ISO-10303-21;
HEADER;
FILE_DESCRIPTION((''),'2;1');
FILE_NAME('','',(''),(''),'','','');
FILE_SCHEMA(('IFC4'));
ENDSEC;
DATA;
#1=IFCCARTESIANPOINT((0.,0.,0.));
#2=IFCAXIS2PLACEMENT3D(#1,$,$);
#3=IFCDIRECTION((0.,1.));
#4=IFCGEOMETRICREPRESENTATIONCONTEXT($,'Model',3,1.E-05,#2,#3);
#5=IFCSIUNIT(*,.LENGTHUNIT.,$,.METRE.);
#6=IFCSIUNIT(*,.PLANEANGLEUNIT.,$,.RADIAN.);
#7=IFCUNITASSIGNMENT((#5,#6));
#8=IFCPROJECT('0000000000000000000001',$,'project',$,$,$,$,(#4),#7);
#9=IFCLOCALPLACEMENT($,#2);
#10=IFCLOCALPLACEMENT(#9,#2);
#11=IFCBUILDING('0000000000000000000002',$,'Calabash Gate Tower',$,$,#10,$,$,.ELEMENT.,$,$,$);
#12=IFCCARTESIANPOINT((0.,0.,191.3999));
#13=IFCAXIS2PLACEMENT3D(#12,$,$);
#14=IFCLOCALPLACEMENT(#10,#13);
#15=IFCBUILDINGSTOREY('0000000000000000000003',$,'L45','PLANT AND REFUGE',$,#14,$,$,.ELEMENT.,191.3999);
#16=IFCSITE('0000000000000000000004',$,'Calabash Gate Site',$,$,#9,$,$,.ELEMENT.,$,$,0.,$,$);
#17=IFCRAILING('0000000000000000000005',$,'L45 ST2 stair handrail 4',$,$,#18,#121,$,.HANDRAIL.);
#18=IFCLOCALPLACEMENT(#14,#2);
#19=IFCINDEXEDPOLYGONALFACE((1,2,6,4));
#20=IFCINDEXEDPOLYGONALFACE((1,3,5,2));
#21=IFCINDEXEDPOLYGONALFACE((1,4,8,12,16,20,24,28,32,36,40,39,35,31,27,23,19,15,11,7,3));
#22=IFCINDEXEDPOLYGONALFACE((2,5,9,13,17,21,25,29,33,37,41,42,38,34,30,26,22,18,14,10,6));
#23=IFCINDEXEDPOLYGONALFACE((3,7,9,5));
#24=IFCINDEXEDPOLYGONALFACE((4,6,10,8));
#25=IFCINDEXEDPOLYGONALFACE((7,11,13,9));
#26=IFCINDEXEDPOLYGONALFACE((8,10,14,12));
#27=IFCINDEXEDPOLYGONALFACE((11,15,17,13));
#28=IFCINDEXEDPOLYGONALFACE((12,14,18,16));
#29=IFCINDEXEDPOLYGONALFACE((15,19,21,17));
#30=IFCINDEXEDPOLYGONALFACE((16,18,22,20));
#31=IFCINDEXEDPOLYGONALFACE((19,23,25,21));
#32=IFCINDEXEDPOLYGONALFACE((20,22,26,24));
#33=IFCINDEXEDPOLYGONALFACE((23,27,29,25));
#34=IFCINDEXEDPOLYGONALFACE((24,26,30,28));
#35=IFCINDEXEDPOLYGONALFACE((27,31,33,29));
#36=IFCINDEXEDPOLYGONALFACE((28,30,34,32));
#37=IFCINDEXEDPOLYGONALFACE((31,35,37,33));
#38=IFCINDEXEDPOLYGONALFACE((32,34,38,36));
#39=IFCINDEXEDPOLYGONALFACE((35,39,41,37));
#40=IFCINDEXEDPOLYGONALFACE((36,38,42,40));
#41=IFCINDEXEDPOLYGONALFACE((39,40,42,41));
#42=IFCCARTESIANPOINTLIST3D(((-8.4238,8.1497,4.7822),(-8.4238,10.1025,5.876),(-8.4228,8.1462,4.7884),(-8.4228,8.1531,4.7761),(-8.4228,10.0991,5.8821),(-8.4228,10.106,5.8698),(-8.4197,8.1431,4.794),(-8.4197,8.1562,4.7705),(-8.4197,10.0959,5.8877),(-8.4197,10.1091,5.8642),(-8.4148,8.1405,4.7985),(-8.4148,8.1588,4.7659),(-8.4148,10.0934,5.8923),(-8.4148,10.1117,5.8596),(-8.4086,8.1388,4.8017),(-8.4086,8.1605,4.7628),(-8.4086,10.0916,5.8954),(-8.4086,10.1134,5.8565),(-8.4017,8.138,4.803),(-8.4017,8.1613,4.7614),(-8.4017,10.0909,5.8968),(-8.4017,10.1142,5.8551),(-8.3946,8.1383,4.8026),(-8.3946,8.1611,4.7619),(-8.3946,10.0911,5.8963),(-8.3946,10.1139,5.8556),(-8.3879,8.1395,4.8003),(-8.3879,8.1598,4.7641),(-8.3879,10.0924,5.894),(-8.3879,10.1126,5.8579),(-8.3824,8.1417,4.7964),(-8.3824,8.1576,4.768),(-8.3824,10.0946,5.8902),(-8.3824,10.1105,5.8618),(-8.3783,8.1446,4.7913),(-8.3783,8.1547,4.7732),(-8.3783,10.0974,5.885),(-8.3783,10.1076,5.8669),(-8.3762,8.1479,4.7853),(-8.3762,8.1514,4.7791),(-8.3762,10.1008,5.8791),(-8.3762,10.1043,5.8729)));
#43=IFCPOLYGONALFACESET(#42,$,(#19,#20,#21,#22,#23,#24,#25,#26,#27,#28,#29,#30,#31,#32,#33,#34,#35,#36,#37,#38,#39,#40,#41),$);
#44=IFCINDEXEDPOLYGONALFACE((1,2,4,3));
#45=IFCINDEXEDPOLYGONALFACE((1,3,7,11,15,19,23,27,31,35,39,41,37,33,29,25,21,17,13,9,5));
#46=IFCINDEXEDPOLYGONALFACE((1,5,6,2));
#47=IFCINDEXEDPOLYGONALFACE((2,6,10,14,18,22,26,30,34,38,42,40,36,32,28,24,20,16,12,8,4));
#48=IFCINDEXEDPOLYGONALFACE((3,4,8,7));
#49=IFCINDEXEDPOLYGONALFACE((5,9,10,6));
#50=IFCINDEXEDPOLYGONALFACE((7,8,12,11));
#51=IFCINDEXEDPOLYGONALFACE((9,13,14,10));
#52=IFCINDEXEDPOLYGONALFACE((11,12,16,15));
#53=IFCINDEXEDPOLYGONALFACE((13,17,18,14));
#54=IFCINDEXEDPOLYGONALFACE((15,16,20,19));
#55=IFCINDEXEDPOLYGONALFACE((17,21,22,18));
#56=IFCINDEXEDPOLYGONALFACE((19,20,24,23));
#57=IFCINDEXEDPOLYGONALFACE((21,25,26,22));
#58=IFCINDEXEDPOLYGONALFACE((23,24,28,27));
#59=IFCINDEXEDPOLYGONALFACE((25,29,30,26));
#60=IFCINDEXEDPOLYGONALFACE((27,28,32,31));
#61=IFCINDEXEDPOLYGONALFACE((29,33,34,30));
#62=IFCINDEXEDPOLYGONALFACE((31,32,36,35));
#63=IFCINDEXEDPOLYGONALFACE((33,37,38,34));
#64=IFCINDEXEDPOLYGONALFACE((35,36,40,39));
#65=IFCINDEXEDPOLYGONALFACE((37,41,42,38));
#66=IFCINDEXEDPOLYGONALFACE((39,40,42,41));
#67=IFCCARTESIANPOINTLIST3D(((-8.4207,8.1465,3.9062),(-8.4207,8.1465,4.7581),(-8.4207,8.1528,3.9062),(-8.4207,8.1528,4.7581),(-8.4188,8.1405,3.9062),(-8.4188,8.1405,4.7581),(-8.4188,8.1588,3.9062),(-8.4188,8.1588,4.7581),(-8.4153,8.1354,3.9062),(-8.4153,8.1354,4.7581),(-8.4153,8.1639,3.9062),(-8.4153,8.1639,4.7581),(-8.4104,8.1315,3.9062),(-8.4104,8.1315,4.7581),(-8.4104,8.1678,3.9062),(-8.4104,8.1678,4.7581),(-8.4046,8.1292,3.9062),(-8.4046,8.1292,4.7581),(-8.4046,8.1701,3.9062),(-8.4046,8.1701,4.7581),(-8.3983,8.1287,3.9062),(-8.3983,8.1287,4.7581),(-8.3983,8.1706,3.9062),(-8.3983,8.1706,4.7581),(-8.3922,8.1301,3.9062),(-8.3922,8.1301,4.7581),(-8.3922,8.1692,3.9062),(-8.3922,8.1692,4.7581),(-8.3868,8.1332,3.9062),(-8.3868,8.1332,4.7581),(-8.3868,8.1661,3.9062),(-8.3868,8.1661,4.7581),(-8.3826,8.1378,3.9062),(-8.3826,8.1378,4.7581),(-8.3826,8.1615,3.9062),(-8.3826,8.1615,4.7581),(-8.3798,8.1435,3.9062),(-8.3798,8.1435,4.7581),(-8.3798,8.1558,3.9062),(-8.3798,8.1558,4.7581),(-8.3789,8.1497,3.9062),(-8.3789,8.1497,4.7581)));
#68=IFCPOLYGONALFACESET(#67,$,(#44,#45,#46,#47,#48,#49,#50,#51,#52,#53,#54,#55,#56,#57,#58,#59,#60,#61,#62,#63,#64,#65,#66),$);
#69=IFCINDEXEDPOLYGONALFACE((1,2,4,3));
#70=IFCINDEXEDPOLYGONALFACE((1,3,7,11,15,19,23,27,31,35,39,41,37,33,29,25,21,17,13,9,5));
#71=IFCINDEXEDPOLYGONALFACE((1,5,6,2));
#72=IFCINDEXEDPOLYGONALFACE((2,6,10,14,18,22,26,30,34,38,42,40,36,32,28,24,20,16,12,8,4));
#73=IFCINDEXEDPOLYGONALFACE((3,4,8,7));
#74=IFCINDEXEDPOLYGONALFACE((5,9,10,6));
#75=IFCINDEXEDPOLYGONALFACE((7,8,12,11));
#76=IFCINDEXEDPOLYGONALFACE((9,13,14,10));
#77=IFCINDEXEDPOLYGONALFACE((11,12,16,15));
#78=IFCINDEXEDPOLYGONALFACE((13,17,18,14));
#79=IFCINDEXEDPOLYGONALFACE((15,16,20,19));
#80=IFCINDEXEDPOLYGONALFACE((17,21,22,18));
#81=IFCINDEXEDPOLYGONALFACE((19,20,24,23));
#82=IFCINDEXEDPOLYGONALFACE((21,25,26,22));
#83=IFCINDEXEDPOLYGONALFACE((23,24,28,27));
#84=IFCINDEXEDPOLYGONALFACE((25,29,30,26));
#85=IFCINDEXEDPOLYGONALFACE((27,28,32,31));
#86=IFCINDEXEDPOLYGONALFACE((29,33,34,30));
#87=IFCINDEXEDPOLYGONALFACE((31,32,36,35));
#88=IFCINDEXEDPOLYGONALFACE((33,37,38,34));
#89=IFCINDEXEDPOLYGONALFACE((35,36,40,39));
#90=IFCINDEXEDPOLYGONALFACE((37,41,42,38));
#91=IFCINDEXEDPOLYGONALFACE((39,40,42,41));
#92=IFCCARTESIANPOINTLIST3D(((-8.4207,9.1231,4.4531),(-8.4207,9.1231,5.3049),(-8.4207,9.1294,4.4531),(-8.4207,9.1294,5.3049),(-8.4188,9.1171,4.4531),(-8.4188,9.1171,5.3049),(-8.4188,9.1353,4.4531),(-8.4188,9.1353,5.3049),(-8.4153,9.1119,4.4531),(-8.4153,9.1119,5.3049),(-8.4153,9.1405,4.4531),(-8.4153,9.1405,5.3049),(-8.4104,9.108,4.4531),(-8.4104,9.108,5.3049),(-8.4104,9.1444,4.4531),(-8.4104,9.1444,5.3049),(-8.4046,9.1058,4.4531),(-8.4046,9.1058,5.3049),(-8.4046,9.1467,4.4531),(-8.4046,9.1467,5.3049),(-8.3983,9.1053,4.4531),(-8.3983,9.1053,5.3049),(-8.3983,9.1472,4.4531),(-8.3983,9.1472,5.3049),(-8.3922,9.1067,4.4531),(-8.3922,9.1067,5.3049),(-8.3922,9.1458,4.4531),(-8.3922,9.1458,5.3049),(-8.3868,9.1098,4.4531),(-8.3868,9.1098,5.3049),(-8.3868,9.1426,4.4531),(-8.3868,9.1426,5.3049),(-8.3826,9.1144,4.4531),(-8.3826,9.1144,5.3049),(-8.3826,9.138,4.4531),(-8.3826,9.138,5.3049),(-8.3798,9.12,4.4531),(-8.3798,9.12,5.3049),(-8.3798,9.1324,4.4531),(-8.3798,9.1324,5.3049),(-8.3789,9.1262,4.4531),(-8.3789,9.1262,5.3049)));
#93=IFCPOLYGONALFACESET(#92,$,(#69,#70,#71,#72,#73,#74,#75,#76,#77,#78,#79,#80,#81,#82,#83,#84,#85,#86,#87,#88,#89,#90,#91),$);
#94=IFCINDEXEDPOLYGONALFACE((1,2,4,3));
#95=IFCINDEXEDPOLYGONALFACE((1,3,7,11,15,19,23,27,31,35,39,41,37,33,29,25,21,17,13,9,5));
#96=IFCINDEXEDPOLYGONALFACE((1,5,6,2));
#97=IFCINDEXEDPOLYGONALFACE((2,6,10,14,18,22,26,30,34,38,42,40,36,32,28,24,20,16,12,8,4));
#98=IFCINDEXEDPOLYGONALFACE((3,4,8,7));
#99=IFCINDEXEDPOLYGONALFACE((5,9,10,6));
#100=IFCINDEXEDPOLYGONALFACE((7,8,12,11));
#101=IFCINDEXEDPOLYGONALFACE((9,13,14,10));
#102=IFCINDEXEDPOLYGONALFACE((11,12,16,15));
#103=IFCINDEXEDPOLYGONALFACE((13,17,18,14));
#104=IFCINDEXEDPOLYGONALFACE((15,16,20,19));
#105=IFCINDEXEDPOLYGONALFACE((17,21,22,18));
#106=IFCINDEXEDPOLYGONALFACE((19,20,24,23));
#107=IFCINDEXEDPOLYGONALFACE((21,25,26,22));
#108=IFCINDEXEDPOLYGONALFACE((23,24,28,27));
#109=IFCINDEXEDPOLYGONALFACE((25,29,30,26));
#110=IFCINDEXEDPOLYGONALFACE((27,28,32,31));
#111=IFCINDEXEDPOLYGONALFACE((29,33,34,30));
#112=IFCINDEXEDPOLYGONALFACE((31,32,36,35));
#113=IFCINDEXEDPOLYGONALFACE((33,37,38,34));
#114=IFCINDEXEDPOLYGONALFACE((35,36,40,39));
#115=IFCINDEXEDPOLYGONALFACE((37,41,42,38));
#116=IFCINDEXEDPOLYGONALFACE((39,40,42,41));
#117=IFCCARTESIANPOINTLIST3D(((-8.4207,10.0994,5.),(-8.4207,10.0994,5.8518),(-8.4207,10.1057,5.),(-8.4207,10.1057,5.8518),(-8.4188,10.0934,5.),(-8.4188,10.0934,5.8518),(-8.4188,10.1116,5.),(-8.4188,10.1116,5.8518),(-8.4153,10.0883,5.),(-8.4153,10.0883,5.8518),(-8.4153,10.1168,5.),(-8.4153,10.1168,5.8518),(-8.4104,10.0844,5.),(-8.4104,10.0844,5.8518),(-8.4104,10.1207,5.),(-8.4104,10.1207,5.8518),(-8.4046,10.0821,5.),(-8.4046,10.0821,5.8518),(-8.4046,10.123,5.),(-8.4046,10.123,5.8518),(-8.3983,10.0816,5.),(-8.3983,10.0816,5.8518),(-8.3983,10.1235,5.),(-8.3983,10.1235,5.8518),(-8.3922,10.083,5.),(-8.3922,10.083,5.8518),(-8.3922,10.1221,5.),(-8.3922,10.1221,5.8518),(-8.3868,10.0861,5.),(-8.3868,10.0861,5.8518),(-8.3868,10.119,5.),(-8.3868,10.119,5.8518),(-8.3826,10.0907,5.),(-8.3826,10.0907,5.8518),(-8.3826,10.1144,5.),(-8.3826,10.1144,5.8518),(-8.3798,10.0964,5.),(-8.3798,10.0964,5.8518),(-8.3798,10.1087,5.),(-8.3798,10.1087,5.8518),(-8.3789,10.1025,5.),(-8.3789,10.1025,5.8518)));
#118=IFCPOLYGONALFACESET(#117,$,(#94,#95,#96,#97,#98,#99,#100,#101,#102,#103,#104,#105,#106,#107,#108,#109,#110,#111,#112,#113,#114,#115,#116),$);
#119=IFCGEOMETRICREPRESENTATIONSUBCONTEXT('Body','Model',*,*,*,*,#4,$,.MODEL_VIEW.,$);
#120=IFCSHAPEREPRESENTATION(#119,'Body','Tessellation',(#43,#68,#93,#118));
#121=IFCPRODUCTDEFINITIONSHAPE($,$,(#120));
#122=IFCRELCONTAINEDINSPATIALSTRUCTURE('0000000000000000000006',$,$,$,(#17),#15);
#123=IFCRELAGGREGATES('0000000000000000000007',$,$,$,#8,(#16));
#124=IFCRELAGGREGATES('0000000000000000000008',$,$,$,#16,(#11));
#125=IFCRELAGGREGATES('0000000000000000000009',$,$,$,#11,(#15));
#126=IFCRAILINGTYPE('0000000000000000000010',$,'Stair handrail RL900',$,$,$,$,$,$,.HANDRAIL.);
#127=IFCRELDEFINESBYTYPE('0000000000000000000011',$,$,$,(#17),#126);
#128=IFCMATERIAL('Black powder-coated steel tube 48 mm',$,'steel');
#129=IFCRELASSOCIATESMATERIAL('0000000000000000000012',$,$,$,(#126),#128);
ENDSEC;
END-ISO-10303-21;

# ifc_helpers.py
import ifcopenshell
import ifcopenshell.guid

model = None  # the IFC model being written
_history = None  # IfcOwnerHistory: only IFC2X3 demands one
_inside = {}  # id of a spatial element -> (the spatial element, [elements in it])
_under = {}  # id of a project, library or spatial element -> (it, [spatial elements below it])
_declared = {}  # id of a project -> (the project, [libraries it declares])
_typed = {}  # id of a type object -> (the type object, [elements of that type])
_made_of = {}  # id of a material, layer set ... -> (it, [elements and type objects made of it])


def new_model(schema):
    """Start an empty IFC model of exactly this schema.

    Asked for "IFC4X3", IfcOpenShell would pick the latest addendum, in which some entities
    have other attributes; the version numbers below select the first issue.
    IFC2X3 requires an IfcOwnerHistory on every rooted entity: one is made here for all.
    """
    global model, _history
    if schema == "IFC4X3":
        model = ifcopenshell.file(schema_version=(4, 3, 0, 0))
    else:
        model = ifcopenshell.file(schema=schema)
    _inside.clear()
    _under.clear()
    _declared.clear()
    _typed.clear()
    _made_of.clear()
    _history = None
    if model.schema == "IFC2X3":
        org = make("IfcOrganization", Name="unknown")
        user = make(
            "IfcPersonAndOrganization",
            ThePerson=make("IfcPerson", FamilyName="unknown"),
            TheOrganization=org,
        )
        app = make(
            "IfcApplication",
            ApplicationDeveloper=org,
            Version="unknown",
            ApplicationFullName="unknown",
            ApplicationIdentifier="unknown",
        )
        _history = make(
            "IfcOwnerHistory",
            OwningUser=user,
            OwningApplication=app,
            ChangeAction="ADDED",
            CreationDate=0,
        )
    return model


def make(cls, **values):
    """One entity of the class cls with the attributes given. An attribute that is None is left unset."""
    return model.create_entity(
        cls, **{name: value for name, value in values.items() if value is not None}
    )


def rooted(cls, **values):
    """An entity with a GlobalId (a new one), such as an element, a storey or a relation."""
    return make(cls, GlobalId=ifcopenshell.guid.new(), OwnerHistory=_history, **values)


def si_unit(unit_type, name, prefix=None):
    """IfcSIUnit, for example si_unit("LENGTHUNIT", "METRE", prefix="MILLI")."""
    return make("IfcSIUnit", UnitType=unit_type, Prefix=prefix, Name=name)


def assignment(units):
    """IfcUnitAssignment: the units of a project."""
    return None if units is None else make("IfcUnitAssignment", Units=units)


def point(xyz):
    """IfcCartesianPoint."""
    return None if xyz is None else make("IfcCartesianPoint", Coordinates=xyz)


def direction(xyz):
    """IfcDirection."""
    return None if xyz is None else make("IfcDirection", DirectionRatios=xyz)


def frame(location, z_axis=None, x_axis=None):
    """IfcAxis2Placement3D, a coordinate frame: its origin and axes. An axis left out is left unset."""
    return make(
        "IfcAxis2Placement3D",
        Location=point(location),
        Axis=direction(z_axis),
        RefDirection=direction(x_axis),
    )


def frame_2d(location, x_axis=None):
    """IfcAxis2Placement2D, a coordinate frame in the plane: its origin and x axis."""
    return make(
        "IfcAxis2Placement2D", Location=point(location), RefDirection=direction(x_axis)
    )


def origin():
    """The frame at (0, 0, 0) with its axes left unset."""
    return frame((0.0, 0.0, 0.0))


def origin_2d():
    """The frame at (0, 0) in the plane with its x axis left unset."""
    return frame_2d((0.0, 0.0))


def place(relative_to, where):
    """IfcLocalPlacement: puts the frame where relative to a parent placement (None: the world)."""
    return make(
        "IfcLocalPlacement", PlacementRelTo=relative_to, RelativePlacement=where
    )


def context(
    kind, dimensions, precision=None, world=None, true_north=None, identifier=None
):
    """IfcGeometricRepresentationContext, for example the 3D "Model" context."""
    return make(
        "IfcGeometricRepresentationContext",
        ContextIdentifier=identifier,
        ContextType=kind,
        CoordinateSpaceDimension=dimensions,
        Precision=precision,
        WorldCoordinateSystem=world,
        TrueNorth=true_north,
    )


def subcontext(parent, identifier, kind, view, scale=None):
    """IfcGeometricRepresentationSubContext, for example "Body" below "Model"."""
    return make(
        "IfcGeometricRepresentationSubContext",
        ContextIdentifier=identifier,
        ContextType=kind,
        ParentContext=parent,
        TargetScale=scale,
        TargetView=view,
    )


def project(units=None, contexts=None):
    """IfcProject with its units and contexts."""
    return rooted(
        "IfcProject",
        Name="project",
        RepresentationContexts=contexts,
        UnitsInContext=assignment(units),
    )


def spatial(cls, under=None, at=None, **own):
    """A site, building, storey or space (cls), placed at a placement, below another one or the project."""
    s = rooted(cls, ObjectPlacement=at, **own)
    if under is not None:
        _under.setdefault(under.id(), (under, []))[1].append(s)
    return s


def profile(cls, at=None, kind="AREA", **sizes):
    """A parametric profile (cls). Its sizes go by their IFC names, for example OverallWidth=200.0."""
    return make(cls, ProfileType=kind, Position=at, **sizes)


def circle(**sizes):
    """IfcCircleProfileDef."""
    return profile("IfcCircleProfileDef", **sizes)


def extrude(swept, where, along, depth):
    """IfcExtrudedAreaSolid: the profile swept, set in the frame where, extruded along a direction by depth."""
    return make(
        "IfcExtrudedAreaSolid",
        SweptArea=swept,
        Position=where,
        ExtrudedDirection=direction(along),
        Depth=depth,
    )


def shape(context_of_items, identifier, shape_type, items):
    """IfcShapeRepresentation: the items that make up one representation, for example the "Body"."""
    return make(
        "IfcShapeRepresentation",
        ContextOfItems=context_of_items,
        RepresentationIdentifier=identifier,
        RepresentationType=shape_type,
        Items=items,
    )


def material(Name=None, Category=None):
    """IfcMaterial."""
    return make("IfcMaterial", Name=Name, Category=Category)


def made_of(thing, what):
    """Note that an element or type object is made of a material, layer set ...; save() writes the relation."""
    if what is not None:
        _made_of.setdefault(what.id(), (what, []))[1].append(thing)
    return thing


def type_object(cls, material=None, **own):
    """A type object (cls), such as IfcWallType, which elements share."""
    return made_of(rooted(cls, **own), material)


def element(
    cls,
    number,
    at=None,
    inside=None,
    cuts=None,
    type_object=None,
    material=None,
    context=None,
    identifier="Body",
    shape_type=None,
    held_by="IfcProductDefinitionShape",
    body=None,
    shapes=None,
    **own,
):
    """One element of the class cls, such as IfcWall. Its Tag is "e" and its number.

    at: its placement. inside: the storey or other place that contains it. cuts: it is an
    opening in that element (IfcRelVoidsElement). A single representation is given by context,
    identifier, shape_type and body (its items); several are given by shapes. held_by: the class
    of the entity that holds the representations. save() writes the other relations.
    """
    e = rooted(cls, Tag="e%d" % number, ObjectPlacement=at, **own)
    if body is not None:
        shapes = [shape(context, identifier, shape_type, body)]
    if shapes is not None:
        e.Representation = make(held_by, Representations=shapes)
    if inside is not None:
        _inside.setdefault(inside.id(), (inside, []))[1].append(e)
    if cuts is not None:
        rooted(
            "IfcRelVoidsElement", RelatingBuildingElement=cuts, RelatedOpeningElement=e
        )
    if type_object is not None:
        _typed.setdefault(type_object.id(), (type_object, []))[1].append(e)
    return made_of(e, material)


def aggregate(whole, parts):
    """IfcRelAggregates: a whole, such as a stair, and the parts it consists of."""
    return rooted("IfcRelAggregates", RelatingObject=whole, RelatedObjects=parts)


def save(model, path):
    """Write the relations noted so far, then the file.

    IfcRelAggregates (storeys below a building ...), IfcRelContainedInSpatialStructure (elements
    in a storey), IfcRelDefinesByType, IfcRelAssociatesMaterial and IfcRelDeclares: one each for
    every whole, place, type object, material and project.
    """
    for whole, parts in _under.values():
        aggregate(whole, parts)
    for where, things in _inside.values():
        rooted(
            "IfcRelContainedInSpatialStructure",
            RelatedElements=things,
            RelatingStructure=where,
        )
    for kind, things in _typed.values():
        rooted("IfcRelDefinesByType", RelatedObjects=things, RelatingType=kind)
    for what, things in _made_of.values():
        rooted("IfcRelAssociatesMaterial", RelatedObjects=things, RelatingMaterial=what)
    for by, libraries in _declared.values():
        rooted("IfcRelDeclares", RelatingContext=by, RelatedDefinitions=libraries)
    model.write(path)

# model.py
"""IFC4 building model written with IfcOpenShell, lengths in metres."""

from ifc_helpers import new_model, si_unit, direction, frame, origin, origin_2d, place, context, subcontext, project, spatial, circle, extrude, material, type_object, element, save


model = new_model("IFC4")

# Units and contexts
model_context = context("Model", 3, precision=1e-05, world=origin(), true_north=direction((0.0, 1.0)))
body_context = subcontext(model_context, "Body", "Model", "MODEL_VIEW")
ifc_project = project(units=[si_unit("LENGTHUNIT", "METRE"), si_unit("PLANEANGLEUNIT", "RADIAN")], contexts=[model_context])

# Site, building, storey
site_placement = place(None, origin())
site = spatial("IfcSite", under=ifc_project, at=site_placement, Name="Calabash Gate Site", CompositionType="ELEMENT", RefElevation=0.0)
building_placement = place(site_placement, origin())
building = spatial("IfcBuilding", under=site, at=building_placement, Name="Calabash Gate Tower", CompositionType="ELEMENT")
storey_placement = place(building_placement, frame((0.0, 0.0, 191.3999)))
storey = spatial("IfcBuildingStorey", under=building, at=storey_placement, Name="L45", Description="PLANT AND REFUGE", CompositionType="ELEMENT", Elevation=191.3999)

# Railing
ifc_material_1 = material(Name="Black powder-coated steel tube 48 mm", Category="steel")
railing_type_1 = type_object("IfcRailingType", Name="Stair handrail RL900", PredefinedType="HANDRAIL", material=ifc_material_1)
railing_1_placement = place(storey_placement, frame((-8.3999, 8.1497, 3.9062)))
element("IfcRailing", 1, at=railing_1_placement, inside=storey, type_object=railing_type_1, Name="L45 ST2 stair handrail 4", PredefinedType="HANDRAIL", context=body_context, shape_type="SweptSolid", body=[
    extrude(circle(Radius=0.0239, at=origin_2d()), frame((0.0, 0.0, 0.876), z_axis=(0.0, 0.87248, 0.48865), x_axis=(-1.0, 0.0, 0.0)), (0.0, 0.0, 1.0), 2.2383),
    extrude(circle(Radius=0.021, at=origin_2d()), origin(), (0.0, 0.0, 1.0), 0.8518),
    extrude(circle(Radius=0.021, at=origin_2d()), frame((0.0, 0.9766, 0.5469)), (0.0, 0.0, 1.0), 0.8518),
    extrude(circle(Radius=0.021, at=origin_2d()), frame((0.0, 1.9529, 1.0938)), (0.0, 0.0, 1.0), 0.8518),
])

save(model, "model.ifc")
